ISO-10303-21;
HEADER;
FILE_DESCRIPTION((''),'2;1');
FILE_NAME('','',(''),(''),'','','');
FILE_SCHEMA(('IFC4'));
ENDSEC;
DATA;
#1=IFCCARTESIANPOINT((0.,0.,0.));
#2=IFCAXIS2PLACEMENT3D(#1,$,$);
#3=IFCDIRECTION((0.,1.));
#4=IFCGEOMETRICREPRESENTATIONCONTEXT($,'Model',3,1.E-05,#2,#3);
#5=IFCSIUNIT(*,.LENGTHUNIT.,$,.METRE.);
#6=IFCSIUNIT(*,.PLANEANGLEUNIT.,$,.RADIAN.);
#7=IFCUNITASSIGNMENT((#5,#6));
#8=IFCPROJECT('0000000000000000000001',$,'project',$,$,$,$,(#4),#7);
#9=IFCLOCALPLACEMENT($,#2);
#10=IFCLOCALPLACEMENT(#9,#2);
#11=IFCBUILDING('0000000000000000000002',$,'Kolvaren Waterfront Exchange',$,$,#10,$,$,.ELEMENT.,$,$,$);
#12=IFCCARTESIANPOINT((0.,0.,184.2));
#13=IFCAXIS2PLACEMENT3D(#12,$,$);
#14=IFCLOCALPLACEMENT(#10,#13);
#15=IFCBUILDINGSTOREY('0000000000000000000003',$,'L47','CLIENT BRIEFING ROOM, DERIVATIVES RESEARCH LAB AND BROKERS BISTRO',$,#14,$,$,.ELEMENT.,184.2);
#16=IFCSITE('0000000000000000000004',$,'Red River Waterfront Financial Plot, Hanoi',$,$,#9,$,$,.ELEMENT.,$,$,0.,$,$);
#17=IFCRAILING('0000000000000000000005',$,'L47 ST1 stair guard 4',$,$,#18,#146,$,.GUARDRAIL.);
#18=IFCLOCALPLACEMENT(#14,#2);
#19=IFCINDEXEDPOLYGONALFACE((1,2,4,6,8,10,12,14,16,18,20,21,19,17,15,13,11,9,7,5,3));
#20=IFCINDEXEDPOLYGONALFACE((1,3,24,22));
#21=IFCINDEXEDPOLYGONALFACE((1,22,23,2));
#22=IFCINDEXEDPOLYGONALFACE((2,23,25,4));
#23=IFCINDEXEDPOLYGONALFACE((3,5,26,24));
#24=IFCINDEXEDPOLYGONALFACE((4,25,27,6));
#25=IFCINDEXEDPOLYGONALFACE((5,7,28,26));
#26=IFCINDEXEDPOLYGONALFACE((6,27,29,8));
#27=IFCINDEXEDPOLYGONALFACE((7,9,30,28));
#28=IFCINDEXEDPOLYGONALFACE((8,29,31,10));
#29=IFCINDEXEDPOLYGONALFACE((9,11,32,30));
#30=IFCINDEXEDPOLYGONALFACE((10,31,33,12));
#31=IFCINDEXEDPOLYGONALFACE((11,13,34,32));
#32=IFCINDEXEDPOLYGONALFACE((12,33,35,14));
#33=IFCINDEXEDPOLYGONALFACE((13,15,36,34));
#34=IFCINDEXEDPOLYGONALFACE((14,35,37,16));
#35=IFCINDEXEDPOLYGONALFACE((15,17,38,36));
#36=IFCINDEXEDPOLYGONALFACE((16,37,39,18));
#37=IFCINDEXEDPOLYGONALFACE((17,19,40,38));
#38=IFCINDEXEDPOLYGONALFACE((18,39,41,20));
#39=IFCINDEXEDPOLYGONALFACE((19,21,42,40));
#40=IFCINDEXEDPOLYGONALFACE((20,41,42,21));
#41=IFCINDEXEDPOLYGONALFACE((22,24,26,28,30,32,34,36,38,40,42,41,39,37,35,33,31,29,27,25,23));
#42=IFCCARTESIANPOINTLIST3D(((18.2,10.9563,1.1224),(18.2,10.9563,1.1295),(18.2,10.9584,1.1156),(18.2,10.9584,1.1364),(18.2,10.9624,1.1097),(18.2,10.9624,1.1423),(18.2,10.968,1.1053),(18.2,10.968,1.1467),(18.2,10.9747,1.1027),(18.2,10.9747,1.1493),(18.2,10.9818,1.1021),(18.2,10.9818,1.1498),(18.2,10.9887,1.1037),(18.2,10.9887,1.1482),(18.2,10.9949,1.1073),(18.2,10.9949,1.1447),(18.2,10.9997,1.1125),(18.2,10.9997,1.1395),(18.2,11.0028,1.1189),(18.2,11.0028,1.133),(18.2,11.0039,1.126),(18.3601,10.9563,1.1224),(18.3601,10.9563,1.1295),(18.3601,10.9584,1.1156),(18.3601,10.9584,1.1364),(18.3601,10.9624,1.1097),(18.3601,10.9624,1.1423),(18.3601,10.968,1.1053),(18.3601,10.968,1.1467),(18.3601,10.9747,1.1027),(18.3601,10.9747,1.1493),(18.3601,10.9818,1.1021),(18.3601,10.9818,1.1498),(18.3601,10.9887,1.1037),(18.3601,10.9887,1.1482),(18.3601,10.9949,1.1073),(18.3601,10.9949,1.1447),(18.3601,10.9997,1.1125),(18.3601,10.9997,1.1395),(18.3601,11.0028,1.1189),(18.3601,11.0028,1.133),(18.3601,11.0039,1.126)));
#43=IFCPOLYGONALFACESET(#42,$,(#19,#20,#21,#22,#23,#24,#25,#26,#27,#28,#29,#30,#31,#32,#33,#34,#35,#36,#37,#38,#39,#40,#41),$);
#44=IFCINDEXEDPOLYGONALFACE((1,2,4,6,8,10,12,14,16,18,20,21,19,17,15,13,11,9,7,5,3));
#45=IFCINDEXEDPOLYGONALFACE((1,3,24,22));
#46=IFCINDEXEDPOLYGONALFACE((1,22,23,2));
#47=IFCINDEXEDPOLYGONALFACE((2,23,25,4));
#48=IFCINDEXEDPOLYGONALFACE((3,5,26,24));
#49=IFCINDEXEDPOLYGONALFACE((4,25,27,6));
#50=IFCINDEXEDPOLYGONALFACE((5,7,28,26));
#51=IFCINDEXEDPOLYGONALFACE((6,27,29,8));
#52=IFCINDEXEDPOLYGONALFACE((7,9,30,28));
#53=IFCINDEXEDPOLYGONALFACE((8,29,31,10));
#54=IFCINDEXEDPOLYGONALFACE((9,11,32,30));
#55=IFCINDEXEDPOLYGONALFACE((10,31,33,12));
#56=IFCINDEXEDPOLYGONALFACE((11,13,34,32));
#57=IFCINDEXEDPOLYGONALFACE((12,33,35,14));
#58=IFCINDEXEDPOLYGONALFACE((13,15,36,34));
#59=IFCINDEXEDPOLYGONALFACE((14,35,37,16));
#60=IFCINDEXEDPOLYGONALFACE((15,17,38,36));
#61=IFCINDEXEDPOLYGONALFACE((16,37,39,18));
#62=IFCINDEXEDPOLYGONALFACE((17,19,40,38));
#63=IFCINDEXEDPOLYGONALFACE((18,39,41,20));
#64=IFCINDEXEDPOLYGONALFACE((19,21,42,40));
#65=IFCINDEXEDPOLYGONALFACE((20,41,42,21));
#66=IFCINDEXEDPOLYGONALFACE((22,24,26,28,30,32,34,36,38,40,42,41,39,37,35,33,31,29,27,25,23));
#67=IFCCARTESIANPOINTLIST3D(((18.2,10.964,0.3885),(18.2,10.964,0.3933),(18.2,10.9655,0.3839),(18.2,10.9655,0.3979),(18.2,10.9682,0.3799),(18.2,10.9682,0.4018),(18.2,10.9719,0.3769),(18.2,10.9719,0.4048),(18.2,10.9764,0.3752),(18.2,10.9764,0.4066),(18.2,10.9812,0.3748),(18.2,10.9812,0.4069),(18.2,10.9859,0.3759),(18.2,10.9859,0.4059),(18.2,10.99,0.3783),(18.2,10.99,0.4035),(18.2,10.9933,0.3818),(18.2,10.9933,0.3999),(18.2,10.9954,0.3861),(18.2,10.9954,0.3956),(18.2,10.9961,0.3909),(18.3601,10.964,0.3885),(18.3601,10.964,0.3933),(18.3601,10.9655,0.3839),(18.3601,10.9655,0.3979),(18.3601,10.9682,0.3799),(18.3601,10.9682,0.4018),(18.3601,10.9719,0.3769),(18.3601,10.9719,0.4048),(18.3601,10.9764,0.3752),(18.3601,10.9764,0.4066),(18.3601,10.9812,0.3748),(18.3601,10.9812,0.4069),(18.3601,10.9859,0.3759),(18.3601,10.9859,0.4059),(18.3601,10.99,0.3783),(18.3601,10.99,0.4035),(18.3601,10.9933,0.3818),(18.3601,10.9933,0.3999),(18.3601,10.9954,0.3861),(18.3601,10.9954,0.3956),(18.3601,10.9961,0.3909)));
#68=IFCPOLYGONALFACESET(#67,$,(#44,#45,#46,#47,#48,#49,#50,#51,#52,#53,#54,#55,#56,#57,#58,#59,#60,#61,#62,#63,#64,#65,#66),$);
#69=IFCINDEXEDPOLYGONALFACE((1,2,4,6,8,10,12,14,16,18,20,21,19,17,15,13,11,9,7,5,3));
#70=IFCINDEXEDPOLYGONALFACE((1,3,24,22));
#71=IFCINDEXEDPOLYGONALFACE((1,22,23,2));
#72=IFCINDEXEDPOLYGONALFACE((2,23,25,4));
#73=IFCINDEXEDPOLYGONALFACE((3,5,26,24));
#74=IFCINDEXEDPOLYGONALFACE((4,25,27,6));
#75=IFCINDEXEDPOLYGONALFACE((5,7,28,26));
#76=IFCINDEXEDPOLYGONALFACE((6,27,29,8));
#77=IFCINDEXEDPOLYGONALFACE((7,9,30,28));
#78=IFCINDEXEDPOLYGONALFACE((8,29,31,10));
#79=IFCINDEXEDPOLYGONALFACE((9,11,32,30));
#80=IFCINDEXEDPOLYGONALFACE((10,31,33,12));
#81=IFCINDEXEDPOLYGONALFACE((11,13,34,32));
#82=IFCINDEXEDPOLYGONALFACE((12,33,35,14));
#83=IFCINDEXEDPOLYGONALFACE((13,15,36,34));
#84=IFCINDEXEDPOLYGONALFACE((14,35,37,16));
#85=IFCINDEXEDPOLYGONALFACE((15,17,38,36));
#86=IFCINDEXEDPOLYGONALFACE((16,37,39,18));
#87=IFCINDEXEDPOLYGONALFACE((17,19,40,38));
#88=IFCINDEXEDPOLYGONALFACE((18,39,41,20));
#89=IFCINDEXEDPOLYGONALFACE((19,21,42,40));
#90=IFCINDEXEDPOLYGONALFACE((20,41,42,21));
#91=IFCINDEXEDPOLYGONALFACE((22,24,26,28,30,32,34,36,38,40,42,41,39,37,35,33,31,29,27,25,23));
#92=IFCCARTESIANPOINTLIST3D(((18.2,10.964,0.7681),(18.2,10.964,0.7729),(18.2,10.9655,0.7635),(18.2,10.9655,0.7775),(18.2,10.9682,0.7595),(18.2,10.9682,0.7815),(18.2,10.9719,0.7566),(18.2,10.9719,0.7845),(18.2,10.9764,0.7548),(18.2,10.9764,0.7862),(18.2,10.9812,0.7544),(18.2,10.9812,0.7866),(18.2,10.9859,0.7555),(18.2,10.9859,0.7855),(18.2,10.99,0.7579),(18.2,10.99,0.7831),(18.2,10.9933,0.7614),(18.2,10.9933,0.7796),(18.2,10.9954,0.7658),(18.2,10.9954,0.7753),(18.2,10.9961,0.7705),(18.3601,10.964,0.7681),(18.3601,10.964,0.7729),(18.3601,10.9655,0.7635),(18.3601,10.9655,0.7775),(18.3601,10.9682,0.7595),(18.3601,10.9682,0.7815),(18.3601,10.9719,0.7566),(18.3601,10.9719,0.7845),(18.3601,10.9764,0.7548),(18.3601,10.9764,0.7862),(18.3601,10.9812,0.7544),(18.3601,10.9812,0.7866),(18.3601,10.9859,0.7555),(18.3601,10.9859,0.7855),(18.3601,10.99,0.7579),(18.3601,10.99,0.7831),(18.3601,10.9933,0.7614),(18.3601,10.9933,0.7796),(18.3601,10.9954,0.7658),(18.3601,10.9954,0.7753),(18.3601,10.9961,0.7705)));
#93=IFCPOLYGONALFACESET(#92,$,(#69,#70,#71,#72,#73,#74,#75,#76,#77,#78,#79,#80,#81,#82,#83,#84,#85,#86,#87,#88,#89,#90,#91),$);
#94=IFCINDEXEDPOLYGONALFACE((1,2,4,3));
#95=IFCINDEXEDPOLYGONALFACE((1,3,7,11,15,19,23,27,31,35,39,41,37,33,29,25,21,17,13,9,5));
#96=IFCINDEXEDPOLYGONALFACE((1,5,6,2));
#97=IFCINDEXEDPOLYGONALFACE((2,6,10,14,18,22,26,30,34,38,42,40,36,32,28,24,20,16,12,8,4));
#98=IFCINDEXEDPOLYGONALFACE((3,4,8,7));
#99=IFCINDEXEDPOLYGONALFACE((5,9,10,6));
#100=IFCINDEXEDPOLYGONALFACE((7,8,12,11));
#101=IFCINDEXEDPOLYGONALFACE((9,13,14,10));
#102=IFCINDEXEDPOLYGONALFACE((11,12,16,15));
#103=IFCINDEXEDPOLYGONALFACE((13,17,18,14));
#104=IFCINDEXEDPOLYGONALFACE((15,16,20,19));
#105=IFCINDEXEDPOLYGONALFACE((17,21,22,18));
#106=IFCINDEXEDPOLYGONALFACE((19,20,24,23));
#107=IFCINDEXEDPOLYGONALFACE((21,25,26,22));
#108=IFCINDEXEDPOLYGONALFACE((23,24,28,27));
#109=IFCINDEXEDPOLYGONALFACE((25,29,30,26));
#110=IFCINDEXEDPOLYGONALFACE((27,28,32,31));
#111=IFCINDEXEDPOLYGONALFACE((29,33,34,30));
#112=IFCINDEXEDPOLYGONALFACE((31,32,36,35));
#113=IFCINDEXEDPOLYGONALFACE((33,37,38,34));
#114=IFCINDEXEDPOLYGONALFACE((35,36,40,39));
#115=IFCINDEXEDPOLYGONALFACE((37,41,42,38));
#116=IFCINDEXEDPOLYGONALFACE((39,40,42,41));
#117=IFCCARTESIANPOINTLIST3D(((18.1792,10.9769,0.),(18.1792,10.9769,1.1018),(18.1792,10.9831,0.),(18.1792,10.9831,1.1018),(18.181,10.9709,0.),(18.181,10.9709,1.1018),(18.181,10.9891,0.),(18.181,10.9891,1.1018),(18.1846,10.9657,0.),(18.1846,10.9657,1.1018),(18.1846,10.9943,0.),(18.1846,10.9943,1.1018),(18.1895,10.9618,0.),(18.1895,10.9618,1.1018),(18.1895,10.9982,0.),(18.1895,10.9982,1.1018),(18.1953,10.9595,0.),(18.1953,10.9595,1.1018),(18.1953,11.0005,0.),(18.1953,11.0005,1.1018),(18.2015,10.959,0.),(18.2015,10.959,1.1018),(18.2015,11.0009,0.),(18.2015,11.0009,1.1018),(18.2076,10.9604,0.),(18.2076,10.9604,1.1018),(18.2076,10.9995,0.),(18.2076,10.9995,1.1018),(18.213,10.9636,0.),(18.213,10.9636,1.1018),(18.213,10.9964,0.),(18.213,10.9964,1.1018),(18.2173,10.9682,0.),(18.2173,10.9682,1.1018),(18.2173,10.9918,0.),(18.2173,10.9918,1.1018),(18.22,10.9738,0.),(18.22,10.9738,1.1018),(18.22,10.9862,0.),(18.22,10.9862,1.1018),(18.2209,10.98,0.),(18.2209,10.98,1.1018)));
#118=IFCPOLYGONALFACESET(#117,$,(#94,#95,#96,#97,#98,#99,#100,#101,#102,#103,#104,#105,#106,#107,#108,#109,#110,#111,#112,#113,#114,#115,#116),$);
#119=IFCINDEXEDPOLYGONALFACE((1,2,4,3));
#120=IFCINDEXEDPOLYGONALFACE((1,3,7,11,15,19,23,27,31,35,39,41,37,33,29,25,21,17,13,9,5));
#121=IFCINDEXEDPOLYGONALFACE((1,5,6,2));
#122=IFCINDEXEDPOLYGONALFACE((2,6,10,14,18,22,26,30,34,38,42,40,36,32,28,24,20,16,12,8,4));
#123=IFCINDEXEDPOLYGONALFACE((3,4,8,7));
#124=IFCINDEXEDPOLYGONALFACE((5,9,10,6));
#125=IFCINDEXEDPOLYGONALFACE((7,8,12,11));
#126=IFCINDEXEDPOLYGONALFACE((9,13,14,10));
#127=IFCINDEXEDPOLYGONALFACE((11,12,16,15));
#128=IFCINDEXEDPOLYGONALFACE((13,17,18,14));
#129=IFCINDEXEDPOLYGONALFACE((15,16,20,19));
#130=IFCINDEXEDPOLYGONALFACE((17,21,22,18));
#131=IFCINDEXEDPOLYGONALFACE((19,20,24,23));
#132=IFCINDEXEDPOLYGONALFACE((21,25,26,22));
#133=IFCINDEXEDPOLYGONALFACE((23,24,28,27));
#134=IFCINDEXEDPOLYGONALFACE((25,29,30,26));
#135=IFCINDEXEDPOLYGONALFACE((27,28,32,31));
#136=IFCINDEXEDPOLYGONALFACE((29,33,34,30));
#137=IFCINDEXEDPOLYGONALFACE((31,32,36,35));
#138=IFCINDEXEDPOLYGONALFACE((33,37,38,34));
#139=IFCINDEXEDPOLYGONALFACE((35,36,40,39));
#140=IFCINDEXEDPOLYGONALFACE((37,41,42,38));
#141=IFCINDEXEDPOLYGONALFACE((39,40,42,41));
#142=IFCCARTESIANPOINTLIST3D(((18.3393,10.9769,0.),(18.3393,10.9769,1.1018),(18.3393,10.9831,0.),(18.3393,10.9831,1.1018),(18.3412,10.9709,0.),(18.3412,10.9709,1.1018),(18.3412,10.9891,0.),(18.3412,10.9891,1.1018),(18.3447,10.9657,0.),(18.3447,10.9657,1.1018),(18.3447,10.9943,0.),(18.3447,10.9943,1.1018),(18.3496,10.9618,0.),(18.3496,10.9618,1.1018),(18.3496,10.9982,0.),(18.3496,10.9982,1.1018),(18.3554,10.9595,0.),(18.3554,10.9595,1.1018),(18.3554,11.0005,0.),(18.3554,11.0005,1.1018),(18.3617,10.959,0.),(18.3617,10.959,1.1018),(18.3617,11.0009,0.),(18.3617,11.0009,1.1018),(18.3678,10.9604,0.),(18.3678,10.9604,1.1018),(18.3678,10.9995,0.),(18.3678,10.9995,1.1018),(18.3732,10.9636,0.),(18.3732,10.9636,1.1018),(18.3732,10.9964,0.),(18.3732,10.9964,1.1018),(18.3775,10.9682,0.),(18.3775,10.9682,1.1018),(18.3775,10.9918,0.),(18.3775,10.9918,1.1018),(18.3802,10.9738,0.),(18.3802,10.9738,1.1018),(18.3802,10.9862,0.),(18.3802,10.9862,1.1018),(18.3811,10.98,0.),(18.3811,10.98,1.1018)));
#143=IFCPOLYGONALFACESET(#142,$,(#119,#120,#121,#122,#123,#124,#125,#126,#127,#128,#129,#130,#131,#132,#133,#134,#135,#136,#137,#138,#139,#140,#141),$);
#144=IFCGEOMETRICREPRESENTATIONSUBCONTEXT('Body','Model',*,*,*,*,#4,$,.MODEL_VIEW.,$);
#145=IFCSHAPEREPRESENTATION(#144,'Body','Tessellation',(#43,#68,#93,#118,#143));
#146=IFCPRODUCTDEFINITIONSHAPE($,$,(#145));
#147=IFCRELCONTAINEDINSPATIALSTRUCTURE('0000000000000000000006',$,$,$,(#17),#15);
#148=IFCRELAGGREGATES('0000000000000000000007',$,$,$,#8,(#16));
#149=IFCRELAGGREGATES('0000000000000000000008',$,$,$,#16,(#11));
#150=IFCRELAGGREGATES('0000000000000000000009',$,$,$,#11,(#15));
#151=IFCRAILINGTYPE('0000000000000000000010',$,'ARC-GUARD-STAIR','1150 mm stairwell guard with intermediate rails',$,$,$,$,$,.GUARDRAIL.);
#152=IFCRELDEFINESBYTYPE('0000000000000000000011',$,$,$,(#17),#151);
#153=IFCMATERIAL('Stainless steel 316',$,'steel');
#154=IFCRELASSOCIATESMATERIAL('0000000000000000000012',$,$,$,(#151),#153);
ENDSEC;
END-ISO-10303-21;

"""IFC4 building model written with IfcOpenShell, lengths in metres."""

from ifc_helpers import new_model, si_unit, direction, frame, origin, origin_2d, place, context, subcontext, project, spatial, circle, extrude, material, type_object, element, save


model = new_model("IFC4")

# Units and contexts
model_context = context("Model", 3, precision=1e-05, world=origin(), true_north=direction((0.0, 1.0)))
body_context = subcontext(model_context, "Body", "Model", "MODEL_VIEW")
ifc_project = project(units=[si_unit("LENGTHUNIT", "METRE"), si_unit("PLANEANGLEUNIT", "RADIAN")], contexts=[model_context])

# Site, building, storey
site_placement = place(None, origin())
site = spatial("IfcSite", under=ifc_project, at=site_placement, Name="Red River Waterfront Financial Plot, Hanoi", CompositionType="ELEMENT", RefElevation=0.0)
building_placement = place(site_placement, origin())
building = spatial("IfcBuilding", under=site, at=building_placement, Name="Kolvaren Waterfront Exchange", CompositionType="ELEMENT")
storey_placement = place(building_placement, frame((0.0, 0.0, 184.2)))
storey = spatial("IfcBuildingStorey", under=building, at=storey_placement, Name="L47", Description="CLIENT BRIEFING ROOM, DERIVATIVES RESEARCH LAB AND BROKERS BISTRO", CompositionType="ELEMENT", Elevation=184.2)

# Railing
ifc_material_1 = material(Name="Stainless steel 316", Category="steel")
railing_type_1 = type_object("IfcRailingType", Name="ARC-GUARD-STAIR", Description="1150 mm stairwell guard with intermediate rails", PredefinedType="GUARDRAIL", material=ifc_material_1)
railing_1_placement = place(storey_placement, frame((18.2, 10.98, 0.0)))
element("IfcRailing", 1, at=railing_1_placement, inside=storey, type_object=railing_type_1, Name="L47 ST1 stair guard 4", PredefinedType="GUARDRAIL", context=body_context, shape_type="SweptSolid", body=[
    extrude(circle(Radius=0.0239, at=origin_2d()), frame((0.0, 0.0, 1.126), z_axis=(1.0, 0.0, 0.0), x_axis=(0.0, 1.0, 0.0)), (0.0, 0.0, 1.0), 0.1602),
    extrude(circle(Radius=0.0161, at=origin_2d()), frame((0.0, 0.0, 0.3909), z_axis=(1.0, 0.0, 0.0), x_axis=(0.0, 1.0, 0.0)), (0.0, 0.0, 1.0), 0.1602),
    extrude(circle(Radius=0.0161, at=origin_2d()), frame((0.0, 0.0, 0.7705), z_axis=(1.0, 0.0, 0.0), x_axis=(0.0, 1.0, 0.0)), (0.0, 0.0, 1.0), 0.1602),
    extrude(circle(Radius=0.021, at=origin_2d()), origin(), (0.0, 0.0, 1.0), 1.1018),
    extrude(circle(Radius=0.021, at=origin_2d()), frame((0.1602, 0.0, 0.0)), (0.0, 0.0, 1.0), 1.1018),
])

save(model, "model.ifc")
